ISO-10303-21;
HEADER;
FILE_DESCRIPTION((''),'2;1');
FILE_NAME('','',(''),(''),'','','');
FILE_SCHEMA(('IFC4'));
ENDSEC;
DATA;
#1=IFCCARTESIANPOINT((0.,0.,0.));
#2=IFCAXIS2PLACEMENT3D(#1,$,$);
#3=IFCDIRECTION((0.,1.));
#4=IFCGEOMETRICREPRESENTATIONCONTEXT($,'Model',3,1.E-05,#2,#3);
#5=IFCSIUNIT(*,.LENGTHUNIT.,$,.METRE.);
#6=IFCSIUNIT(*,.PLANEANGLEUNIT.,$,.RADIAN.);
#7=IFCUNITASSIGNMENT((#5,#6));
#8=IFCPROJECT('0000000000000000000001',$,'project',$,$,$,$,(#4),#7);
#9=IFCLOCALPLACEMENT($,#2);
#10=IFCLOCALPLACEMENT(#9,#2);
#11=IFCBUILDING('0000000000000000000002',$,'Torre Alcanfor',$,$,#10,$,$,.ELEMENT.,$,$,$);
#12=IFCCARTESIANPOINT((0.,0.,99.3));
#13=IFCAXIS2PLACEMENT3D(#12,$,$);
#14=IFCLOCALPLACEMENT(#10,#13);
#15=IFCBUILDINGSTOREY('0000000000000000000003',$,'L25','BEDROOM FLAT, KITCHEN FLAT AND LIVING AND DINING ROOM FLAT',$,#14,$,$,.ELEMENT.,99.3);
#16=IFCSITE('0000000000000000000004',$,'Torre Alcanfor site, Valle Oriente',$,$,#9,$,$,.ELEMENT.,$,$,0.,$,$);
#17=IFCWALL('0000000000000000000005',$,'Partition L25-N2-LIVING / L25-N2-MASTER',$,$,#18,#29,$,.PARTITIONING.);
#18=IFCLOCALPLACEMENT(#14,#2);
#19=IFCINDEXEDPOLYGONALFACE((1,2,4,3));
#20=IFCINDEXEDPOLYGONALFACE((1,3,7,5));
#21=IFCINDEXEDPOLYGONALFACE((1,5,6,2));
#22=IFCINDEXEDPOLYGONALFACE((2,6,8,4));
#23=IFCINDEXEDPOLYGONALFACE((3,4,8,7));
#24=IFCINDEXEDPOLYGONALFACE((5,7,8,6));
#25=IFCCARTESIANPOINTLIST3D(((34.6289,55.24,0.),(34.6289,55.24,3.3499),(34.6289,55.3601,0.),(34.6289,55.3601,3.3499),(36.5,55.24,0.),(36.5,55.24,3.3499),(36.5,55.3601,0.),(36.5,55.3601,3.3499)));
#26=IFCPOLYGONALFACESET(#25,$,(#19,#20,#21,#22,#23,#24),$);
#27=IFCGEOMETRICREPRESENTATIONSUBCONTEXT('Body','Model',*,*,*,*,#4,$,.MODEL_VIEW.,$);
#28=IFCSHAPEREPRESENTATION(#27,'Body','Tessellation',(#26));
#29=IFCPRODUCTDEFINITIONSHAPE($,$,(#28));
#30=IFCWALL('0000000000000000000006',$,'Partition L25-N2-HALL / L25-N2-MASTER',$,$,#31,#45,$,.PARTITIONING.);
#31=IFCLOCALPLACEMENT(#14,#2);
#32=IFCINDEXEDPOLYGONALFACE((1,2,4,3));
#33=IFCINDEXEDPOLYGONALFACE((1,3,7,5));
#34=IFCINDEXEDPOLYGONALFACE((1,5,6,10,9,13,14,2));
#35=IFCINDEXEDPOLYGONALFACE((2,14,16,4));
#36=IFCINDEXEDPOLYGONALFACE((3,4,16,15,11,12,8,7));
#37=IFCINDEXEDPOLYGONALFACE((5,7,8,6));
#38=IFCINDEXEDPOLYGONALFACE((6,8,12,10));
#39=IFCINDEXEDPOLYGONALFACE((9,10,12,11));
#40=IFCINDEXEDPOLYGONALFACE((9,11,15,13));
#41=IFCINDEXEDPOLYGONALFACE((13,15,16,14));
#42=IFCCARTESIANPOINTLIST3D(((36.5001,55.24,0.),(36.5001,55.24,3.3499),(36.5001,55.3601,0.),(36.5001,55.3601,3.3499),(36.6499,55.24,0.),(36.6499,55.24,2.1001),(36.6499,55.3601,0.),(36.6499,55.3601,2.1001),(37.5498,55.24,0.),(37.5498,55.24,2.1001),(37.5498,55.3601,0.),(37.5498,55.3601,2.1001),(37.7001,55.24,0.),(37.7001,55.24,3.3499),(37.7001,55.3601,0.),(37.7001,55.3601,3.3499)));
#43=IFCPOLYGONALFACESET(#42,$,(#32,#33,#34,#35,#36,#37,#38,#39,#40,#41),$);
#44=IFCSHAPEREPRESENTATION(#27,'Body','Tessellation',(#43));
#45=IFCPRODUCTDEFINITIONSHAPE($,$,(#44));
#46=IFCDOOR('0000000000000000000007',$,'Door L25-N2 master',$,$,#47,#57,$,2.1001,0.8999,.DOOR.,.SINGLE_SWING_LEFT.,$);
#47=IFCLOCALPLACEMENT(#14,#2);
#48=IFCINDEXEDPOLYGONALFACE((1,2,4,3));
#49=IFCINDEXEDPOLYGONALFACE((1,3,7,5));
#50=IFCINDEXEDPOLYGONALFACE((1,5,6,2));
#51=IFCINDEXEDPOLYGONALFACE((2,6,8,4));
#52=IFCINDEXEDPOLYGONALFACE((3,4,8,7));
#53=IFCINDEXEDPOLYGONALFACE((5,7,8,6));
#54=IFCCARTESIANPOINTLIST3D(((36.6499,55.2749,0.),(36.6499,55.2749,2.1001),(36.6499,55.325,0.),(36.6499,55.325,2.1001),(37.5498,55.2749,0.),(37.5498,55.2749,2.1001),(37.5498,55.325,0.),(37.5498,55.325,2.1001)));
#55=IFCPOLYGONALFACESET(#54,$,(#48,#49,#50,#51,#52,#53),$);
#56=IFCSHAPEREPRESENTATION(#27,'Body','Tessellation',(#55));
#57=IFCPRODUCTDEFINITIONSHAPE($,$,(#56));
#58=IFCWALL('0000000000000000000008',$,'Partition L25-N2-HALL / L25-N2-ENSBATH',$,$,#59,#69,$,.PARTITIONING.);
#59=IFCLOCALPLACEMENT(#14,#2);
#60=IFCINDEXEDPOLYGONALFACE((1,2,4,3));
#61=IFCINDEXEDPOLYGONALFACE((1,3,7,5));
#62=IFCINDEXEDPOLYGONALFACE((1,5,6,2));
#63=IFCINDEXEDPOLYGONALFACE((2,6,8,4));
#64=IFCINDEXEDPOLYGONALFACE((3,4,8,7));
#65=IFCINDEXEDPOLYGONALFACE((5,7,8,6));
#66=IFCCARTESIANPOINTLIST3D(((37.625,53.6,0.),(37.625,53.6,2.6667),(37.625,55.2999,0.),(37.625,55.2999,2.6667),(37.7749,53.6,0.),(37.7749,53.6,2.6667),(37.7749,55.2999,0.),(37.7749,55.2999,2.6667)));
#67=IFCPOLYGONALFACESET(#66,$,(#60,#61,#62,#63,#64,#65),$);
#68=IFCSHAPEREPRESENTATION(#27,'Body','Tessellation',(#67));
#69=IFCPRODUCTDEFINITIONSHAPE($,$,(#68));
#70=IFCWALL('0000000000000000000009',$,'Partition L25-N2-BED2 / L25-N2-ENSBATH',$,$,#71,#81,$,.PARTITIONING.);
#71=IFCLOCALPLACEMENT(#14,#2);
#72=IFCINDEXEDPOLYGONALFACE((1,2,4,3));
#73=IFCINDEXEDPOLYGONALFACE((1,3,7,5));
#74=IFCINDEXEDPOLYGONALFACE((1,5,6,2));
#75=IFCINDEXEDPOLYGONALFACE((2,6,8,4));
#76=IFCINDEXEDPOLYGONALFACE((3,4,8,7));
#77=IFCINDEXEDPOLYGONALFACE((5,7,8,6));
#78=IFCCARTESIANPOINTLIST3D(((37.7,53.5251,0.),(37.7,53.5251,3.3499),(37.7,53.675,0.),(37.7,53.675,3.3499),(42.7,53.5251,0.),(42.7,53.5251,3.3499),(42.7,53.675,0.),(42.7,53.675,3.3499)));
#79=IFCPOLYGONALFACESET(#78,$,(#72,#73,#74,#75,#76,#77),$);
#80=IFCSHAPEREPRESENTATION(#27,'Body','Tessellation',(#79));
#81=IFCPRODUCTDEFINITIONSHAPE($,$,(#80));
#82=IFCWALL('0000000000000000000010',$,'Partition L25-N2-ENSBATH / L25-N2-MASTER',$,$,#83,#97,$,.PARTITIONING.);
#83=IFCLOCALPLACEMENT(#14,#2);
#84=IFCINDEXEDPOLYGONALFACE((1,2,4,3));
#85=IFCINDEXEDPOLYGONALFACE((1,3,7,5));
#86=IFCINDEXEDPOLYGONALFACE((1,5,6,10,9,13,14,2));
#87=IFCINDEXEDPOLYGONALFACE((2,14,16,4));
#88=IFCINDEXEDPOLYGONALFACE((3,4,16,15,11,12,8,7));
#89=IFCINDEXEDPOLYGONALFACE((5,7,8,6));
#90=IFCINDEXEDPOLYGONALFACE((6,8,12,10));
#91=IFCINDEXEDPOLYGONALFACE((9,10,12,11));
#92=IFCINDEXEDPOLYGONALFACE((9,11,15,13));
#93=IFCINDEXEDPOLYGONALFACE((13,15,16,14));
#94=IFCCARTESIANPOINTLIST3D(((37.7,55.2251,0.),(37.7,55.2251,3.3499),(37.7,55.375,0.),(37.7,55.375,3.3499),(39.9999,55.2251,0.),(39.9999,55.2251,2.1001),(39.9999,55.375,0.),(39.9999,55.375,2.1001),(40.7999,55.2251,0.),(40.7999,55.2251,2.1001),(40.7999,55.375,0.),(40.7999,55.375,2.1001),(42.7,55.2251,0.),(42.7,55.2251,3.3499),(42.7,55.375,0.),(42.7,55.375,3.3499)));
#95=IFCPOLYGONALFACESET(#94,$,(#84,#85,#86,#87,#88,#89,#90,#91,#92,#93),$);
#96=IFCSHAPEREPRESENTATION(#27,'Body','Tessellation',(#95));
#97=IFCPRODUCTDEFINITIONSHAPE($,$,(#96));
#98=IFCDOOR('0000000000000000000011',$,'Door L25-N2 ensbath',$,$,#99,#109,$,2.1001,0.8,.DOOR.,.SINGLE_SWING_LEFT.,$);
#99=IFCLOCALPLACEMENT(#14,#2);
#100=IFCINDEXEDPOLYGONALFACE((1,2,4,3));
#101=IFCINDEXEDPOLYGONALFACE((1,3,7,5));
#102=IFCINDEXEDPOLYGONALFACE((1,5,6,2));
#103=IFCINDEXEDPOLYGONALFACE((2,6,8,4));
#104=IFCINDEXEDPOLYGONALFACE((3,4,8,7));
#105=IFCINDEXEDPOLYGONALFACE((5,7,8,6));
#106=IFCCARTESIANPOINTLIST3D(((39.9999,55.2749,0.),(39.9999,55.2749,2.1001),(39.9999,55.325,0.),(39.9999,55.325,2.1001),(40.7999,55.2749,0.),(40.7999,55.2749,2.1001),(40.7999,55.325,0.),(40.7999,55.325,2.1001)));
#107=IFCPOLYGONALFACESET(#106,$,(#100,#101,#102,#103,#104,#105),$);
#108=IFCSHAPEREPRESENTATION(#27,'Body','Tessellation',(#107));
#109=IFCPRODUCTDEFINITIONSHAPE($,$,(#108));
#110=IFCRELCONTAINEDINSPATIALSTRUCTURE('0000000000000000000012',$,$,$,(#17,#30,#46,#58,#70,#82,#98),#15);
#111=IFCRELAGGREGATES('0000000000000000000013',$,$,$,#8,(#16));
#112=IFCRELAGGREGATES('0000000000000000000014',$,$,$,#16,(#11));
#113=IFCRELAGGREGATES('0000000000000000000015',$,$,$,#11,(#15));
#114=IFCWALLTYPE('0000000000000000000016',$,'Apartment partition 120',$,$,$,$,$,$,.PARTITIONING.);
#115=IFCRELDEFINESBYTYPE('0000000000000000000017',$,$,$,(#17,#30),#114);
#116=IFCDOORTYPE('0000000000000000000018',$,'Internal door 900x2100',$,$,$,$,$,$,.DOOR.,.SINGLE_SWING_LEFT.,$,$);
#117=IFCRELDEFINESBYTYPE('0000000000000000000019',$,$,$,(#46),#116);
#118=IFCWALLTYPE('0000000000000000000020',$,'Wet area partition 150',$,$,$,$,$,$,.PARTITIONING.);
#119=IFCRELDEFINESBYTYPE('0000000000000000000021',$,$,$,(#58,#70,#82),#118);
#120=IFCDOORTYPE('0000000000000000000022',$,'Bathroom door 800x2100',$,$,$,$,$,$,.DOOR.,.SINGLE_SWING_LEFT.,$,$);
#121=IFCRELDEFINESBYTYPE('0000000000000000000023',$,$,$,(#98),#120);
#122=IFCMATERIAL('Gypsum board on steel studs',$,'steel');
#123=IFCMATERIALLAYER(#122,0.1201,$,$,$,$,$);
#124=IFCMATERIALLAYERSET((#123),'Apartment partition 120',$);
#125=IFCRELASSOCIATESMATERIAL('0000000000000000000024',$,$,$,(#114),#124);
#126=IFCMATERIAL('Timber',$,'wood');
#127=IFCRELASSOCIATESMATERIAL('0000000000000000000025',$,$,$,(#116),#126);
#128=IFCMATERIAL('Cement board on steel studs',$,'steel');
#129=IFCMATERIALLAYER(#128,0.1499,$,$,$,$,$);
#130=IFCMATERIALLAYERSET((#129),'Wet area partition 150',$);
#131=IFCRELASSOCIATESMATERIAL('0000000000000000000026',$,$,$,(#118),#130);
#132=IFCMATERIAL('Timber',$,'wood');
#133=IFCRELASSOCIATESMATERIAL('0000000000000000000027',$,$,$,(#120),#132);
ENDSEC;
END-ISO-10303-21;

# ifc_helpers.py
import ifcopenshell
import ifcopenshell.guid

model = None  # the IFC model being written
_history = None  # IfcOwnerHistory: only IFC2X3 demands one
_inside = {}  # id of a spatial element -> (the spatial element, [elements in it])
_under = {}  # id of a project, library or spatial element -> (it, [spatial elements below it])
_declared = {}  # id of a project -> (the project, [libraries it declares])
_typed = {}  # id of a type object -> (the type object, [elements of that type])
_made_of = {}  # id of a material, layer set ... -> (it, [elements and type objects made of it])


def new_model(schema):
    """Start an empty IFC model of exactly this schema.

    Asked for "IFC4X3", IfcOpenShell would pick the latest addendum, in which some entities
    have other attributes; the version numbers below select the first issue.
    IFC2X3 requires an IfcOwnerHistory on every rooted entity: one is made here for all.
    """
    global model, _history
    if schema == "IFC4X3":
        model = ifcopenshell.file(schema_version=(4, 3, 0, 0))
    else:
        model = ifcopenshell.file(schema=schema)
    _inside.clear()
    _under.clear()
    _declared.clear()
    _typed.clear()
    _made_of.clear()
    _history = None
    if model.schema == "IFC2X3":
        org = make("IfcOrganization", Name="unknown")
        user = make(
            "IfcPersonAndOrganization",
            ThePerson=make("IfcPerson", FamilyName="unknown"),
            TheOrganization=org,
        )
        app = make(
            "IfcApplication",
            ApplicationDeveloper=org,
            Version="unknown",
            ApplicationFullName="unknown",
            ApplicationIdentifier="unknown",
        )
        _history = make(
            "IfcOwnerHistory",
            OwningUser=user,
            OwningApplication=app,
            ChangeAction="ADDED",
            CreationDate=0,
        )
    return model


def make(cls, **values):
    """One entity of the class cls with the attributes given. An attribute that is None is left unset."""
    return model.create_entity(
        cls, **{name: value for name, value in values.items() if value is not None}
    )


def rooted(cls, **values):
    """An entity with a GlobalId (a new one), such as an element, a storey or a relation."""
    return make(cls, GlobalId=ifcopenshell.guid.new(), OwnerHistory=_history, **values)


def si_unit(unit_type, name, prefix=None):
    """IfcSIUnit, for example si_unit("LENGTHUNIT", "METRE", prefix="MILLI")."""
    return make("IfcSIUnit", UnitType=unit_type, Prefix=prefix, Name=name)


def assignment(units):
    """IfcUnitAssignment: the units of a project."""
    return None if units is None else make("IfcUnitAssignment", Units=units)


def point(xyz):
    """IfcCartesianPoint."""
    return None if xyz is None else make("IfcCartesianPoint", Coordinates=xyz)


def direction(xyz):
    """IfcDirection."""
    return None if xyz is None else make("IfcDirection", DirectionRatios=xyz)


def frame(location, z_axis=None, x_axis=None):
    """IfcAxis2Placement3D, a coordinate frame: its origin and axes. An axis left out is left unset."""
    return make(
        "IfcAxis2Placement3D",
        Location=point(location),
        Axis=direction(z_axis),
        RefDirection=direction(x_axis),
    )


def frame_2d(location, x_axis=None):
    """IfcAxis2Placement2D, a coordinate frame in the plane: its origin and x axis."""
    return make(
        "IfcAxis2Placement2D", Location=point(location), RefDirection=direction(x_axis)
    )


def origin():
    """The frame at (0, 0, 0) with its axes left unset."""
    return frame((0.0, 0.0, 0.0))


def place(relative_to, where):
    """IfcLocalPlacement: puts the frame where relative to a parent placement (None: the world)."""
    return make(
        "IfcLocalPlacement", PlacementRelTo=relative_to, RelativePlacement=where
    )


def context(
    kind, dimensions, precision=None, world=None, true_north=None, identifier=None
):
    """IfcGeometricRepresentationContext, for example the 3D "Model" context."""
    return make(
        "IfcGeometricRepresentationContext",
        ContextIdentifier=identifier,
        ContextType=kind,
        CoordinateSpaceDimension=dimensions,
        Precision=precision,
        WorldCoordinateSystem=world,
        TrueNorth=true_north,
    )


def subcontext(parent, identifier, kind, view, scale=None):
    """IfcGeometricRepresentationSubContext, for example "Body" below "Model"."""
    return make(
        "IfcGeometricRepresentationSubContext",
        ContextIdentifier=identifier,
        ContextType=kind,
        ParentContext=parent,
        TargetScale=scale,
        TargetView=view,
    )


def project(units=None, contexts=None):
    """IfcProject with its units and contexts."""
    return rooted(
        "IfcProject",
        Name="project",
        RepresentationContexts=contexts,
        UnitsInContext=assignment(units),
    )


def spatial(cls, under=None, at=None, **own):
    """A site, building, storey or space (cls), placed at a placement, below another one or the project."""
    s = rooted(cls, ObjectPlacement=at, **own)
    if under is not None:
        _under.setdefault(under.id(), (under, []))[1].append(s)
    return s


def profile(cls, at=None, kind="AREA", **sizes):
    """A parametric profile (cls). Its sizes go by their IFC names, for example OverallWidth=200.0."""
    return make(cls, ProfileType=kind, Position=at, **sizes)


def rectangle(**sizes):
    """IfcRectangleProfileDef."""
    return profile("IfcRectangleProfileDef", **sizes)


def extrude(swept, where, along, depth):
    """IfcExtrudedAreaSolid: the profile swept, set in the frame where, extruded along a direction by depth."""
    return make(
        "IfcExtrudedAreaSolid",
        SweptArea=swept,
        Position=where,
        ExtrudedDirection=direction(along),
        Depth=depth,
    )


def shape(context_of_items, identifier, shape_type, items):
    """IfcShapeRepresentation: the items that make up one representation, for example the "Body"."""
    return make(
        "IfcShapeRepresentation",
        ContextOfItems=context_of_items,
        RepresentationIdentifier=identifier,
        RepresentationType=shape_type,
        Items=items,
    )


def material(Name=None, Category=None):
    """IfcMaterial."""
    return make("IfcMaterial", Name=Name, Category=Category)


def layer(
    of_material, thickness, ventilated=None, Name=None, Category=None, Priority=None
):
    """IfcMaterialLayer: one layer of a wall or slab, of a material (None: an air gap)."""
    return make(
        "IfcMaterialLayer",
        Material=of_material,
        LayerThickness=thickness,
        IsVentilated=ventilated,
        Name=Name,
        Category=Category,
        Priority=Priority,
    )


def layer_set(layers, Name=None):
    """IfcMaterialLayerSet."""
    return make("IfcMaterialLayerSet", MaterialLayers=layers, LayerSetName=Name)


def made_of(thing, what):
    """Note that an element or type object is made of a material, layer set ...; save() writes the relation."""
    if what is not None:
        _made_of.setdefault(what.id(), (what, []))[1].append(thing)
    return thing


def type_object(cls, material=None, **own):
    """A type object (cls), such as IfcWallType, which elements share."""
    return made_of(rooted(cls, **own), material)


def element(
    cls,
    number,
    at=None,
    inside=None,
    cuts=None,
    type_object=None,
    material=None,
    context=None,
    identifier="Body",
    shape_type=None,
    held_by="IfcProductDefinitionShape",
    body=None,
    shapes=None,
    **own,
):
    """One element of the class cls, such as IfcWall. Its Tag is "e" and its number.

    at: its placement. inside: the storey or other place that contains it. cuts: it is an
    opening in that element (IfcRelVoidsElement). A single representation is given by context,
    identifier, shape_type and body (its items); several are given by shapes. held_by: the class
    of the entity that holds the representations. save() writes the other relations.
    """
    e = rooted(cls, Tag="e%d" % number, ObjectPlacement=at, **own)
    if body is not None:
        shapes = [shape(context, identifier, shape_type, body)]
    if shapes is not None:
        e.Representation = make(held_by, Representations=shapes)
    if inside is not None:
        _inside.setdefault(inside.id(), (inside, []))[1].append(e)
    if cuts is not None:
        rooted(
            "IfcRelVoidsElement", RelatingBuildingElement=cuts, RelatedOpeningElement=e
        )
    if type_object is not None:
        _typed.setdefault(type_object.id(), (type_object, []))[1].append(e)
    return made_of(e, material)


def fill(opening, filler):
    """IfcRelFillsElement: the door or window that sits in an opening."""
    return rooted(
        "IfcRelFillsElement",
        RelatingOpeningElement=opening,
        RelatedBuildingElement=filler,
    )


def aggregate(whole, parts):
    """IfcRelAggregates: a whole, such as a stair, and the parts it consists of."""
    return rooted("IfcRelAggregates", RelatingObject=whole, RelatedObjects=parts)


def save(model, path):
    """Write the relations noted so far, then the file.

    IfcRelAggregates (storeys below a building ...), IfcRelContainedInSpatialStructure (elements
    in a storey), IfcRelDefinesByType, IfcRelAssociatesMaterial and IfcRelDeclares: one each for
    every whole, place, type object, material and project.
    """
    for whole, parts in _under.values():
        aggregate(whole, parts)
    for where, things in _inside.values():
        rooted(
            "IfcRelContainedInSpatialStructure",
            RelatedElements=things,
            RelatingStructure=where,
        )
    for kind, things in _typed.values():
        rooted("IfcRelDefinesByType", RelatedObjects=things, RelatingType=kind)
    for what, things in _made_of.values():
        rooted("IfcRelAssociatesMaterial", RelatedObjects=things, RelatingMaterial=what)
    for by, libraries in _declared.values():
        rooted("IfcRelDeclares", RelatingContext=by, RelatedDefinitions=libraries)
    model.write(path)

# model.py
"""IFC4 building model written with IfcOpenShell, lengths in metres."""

from ifc_helpers import new_model, si_unit, direction, frame, frame_2d, origin, place, context, subcontext, project, spatial, rectangle, extrude, material, layer, layer_set, type_object, element, fill, save


model = new_model("IFC4")

# Units and contexts
model_context = context("Model", 3, precision=1e-05, world=origin(), true_north=direction((0.0, 1.0)))
body_context = subcontext(model_context, "Body", "Model", "MODEL_VIEW")
ifc_project = project(units=[si_unit("LENGTHUNIT", "METRE"), si_unit("PLANEANGLEUNIT", "RADIAN")], contexts=[model_context])

# Site, building, storey
site_placement = place(None, origin())
site = spatial("IfcSite", under=ifc_project, at=site_placement, Name="Torre Alcanfor site, Valle Oriente", CompositionType="ELEMENT", RefElevation=0.0)
building_placement = place(site_placement, origin())
building = spatial("IfcBuilding", under=site, at=building_placement, Name="Torre Alcanfor", CompositionType="ELEMENT")
storey_placement = place(building_placement, frame((0.0, 0.0, 99.3)))
storey = spatial("IfcBuildingStorey", under=building, at=storey_placement, Name="L25", Description="BEDROOM FLAT, KITCHEN FLAT AND LIVING AND DINING ROOM FLAT", CompositionType="ELEMENT", Elevation=99.3)

# Shared definitions
ifc_material_1 = material(Name="Gypsum board on steel studs", Category="steel")
ifc_layer_1 = layer(ifc_material_1, 0.1201)
ifc_layer_set_1 = layer_set([ifc_layer_1], Name="Apartment partition 120")
wall_type_1 = type_object("IfcWallType", Name="Apartment partition 120", PredefinedType="PARTITIONING", material=ifc_layer_set_1)
ifc_material_2 = material(Name="Timber", Category="wood")
door_type_1 = type_object("IfcDoorType", Name="Internal door 900x2100", OperationType="SINGLE_SWING_LEFT", PredefinedType="DOOR", material=ifc_material_2)

# Wall
wall_1_placement = place(storey_placement, frame((34.6289, 55.3, 0.0), z_axis=(0.0, 0.0, 1.0), x_axis=(1.0, 0.0, 0.0)))
element("IfcWall", 1, at=wall_1_placement, inside=storey, type_object=wall_type_1, Name="Partition L25-N2-LIVING / L25-N2-MASTER", PredefinedType="PARTITIONING", context=body_context, shape_type="SweptSolid", body=[
    extrude(rectangle(XDim=1.8711, YDim=0.1201, at=frame_2d((0.9355, 0.0))), origin(), (0.0, 0.0, 1.0), 3.3499),
])

# Wall, opening, door
wall_2_placement = place(storey_placement, frame((36.5, 55.3, 0.0), z_axis=(0.0, 0.0, 1.0), x_axis=(1.0, 0.0, 0.0)))
wall_2 = element("IfcWall", 2, at=wall_2_placement, inside=storey, type_object=wall_type_1, Name="Partition L25-N2-HALL / L25-N2-MASTER", PredefinedType="PARTITIONING", context=body_context, shape_type="SweptSolid", body=[
    extrude(rectangle(XDim=1.2, YDim=0.1201, at=frame_2d((0.6001, 0.0))), origin(), (0.0, 0.0, 1.0), 3.3499),
])
opening_1_placement = place(wall_2_placement, frame((0.1499, 0.0, 0.0)))
opening_1 = element("IfcOpeningElement", 3, at=opening_1_placement, cuts=wall_2, PredefinedType="OPENING", context=body_context, shape_type="SweptSolid", body=[
    extrude(rectangle(XDim=0.8999, YDim=2.1001, at=frame_2d((0.45, 1.05))), frame((0.0, 0.0701, 0.0), z_axis=(0.0, -1.0, 0.0), x_axis=(1.0, 0.0, 0.0)), (0.0, 0.0, 1.0), 0.1401),
])
door_1_placement = place(opening_1_placement, origin())
door_1 = element("IfcDoor", 4, at=door_1_placement, inside=storey, type_object=door_type_1, Name="Door L25-N2 master", OperationType="SINGLE_SWING_LEFT", OverallHeight=2.1001, OverallWidth=0.8999, PredefinedType="DOOR", context=body_context, shape_type="SweptSolid", body=[
    extrude(rectangle(XDim=0.8999, YDim=2.1001, at=frame_2d((0.45, 1.05))), frame((0.0, 0.0249, 0.0), z_axis=(0.0, -1.0, 0.0), x_axis=(1.0, 0.0, 0.0)), (0.0, 0.0, 1.0), 0.05),
])
fill(opening_1, door_1)

# Walls
ifc_material_3 = material(Name="Cement board on steel studs", Category="steel")
ifc_layer_2 = layer(ifc_material_3, 0.1499)
ifc_layer_set_2 = layer_set([ifc_layer_2], Name="Wet area partition 150")
wall_type_2 = type_object("IfcWallType", Name="Wet area partition 150", PredefinedType="PARTITIONING", material=ifc_layer_set_2)
wall_3_placement = place(storey_placement, frame((37.7, 55.3, 0.0), z_axis=(0.0, 0.0, 1.0), x_axis=(0.0, -1.0, 0.0)))
element("IfcWall", 5, at=wall_3_placement, inside=storey, type_object=wall_type_2, Name="Partition L25-N2-HALL / L25-N2-ENSBATH", PredefinedType="PARTITIONING", context=body_context, shape_type="SweptSolid", body=[
    extrude(rectangle(XDim=1.7, YDim=0.1499, at=frame_2d((0.8501, 0.0))), origin(), (0.0, 0.0, 1.0), 2.6667),
])
wall_4_placement = place(storey_placement, frame((37.7, 53.6001, 0.0), z_axis=(0.0, 0.0, 1.0), x_axis=(1.0, 0.0, 0.0)))
element("IfcWall", 6, at=wall_4_placement, inside=storey, type_object=wall_type_2, Name="Partition L25-N2-BED2 / L25-N2-ENSBATH", PredefinedType="PARTITIONING", context=body_context, shape_type="SweptSolid", body=[
    extrude(rectangle(XDim=5.0, YDim=0.1499, at=frame_2d((2.5, 0.0))), origin(), (0.0, 0.0, 1.0), 3.3499),
])

# Wall, opening, door
wall_5_placement = place(storey_placement, frame((37.7, 55.3, 0.0), z_axis=(0.0, 0.0, 1.0), x_axis=(1.0, 0.0, 0.0)))
wall_5 = element("IfcWall", 7, at=wall_5_placement, inside=storey, type_object=wall_type_2, Name="Partition L25-N2-ENSBATH / L25-N2-MASTER", PredefinedType="PARTITIONING", context=body_context, shape_type="SweptSolid", body=[
    extrude(rectangle(XDim=5.0, YDim=0.1499, at=frame_2d((2.5, 0.0))), origin(), (0.0, 0.0, 1.0), 3.3499),
])
opening_2_placement = place(wall_5_placement, frame((2.3, 0.0, 0.0)))
opening_2 = element("IfcOpeningElement", 8, at=opening_2_placement, cuts=wall_5, PredefinedType="OPENING", context=body_context, shape_type="SweptSolid", body=[
    extrude(rectangle(XDim=0.8, YDim=2.1001, at=frame_2d((0.3999, 1.05))), frame((0.0, 0.085, 0.0), z_axis=(0.0, -1.0, 0.0), x_axis=(1.0, 0.0, 0.0)), (0.0, 0.0, 1.0), 0.1699),
])
ifc_material_4 = material(Name="Timber", Category="wood")
door_type_2 = type_object("IfcDoorType", Name="Bathroom door 800x2100", OperationType="SINGLE_SWING_LEFT", PredefinedType="DOOR", material=ifc_material_4)
door_2_placement = place(opening_2_placement, frame((0.8, 0.0, 0.0), z_axis=(0.0, 0.0, 1.0), x_axis=(-1.0, 0.0, 0.0)))
door_2 = element("IfcDoor", 9, at=door_2_placement, inside=storey, type_object=door_type_2, Name="Door L25-N2 ensbath", OperationType="SINGLE_SWING_LEFT", OverallHeight=2.1001, OverallWidth=0.8, PredefinedType="DOOR", context=body_context, shape_type="SweptSolid", body=[
    extrude(rectangle(XDim=0.8, YDim=2.1001, at=frame_2d((0.4001, 1.05))), frame((0.0, 0.0251, 0.0), z_axis=(0.0, -1.0, 0.0), x_axis=(1.0, 0.0, 0.0)), (0.0, 0.0, 1.0), 0.05),
])
fill(opening_2, door_2)

save(model, "model.ifc")
